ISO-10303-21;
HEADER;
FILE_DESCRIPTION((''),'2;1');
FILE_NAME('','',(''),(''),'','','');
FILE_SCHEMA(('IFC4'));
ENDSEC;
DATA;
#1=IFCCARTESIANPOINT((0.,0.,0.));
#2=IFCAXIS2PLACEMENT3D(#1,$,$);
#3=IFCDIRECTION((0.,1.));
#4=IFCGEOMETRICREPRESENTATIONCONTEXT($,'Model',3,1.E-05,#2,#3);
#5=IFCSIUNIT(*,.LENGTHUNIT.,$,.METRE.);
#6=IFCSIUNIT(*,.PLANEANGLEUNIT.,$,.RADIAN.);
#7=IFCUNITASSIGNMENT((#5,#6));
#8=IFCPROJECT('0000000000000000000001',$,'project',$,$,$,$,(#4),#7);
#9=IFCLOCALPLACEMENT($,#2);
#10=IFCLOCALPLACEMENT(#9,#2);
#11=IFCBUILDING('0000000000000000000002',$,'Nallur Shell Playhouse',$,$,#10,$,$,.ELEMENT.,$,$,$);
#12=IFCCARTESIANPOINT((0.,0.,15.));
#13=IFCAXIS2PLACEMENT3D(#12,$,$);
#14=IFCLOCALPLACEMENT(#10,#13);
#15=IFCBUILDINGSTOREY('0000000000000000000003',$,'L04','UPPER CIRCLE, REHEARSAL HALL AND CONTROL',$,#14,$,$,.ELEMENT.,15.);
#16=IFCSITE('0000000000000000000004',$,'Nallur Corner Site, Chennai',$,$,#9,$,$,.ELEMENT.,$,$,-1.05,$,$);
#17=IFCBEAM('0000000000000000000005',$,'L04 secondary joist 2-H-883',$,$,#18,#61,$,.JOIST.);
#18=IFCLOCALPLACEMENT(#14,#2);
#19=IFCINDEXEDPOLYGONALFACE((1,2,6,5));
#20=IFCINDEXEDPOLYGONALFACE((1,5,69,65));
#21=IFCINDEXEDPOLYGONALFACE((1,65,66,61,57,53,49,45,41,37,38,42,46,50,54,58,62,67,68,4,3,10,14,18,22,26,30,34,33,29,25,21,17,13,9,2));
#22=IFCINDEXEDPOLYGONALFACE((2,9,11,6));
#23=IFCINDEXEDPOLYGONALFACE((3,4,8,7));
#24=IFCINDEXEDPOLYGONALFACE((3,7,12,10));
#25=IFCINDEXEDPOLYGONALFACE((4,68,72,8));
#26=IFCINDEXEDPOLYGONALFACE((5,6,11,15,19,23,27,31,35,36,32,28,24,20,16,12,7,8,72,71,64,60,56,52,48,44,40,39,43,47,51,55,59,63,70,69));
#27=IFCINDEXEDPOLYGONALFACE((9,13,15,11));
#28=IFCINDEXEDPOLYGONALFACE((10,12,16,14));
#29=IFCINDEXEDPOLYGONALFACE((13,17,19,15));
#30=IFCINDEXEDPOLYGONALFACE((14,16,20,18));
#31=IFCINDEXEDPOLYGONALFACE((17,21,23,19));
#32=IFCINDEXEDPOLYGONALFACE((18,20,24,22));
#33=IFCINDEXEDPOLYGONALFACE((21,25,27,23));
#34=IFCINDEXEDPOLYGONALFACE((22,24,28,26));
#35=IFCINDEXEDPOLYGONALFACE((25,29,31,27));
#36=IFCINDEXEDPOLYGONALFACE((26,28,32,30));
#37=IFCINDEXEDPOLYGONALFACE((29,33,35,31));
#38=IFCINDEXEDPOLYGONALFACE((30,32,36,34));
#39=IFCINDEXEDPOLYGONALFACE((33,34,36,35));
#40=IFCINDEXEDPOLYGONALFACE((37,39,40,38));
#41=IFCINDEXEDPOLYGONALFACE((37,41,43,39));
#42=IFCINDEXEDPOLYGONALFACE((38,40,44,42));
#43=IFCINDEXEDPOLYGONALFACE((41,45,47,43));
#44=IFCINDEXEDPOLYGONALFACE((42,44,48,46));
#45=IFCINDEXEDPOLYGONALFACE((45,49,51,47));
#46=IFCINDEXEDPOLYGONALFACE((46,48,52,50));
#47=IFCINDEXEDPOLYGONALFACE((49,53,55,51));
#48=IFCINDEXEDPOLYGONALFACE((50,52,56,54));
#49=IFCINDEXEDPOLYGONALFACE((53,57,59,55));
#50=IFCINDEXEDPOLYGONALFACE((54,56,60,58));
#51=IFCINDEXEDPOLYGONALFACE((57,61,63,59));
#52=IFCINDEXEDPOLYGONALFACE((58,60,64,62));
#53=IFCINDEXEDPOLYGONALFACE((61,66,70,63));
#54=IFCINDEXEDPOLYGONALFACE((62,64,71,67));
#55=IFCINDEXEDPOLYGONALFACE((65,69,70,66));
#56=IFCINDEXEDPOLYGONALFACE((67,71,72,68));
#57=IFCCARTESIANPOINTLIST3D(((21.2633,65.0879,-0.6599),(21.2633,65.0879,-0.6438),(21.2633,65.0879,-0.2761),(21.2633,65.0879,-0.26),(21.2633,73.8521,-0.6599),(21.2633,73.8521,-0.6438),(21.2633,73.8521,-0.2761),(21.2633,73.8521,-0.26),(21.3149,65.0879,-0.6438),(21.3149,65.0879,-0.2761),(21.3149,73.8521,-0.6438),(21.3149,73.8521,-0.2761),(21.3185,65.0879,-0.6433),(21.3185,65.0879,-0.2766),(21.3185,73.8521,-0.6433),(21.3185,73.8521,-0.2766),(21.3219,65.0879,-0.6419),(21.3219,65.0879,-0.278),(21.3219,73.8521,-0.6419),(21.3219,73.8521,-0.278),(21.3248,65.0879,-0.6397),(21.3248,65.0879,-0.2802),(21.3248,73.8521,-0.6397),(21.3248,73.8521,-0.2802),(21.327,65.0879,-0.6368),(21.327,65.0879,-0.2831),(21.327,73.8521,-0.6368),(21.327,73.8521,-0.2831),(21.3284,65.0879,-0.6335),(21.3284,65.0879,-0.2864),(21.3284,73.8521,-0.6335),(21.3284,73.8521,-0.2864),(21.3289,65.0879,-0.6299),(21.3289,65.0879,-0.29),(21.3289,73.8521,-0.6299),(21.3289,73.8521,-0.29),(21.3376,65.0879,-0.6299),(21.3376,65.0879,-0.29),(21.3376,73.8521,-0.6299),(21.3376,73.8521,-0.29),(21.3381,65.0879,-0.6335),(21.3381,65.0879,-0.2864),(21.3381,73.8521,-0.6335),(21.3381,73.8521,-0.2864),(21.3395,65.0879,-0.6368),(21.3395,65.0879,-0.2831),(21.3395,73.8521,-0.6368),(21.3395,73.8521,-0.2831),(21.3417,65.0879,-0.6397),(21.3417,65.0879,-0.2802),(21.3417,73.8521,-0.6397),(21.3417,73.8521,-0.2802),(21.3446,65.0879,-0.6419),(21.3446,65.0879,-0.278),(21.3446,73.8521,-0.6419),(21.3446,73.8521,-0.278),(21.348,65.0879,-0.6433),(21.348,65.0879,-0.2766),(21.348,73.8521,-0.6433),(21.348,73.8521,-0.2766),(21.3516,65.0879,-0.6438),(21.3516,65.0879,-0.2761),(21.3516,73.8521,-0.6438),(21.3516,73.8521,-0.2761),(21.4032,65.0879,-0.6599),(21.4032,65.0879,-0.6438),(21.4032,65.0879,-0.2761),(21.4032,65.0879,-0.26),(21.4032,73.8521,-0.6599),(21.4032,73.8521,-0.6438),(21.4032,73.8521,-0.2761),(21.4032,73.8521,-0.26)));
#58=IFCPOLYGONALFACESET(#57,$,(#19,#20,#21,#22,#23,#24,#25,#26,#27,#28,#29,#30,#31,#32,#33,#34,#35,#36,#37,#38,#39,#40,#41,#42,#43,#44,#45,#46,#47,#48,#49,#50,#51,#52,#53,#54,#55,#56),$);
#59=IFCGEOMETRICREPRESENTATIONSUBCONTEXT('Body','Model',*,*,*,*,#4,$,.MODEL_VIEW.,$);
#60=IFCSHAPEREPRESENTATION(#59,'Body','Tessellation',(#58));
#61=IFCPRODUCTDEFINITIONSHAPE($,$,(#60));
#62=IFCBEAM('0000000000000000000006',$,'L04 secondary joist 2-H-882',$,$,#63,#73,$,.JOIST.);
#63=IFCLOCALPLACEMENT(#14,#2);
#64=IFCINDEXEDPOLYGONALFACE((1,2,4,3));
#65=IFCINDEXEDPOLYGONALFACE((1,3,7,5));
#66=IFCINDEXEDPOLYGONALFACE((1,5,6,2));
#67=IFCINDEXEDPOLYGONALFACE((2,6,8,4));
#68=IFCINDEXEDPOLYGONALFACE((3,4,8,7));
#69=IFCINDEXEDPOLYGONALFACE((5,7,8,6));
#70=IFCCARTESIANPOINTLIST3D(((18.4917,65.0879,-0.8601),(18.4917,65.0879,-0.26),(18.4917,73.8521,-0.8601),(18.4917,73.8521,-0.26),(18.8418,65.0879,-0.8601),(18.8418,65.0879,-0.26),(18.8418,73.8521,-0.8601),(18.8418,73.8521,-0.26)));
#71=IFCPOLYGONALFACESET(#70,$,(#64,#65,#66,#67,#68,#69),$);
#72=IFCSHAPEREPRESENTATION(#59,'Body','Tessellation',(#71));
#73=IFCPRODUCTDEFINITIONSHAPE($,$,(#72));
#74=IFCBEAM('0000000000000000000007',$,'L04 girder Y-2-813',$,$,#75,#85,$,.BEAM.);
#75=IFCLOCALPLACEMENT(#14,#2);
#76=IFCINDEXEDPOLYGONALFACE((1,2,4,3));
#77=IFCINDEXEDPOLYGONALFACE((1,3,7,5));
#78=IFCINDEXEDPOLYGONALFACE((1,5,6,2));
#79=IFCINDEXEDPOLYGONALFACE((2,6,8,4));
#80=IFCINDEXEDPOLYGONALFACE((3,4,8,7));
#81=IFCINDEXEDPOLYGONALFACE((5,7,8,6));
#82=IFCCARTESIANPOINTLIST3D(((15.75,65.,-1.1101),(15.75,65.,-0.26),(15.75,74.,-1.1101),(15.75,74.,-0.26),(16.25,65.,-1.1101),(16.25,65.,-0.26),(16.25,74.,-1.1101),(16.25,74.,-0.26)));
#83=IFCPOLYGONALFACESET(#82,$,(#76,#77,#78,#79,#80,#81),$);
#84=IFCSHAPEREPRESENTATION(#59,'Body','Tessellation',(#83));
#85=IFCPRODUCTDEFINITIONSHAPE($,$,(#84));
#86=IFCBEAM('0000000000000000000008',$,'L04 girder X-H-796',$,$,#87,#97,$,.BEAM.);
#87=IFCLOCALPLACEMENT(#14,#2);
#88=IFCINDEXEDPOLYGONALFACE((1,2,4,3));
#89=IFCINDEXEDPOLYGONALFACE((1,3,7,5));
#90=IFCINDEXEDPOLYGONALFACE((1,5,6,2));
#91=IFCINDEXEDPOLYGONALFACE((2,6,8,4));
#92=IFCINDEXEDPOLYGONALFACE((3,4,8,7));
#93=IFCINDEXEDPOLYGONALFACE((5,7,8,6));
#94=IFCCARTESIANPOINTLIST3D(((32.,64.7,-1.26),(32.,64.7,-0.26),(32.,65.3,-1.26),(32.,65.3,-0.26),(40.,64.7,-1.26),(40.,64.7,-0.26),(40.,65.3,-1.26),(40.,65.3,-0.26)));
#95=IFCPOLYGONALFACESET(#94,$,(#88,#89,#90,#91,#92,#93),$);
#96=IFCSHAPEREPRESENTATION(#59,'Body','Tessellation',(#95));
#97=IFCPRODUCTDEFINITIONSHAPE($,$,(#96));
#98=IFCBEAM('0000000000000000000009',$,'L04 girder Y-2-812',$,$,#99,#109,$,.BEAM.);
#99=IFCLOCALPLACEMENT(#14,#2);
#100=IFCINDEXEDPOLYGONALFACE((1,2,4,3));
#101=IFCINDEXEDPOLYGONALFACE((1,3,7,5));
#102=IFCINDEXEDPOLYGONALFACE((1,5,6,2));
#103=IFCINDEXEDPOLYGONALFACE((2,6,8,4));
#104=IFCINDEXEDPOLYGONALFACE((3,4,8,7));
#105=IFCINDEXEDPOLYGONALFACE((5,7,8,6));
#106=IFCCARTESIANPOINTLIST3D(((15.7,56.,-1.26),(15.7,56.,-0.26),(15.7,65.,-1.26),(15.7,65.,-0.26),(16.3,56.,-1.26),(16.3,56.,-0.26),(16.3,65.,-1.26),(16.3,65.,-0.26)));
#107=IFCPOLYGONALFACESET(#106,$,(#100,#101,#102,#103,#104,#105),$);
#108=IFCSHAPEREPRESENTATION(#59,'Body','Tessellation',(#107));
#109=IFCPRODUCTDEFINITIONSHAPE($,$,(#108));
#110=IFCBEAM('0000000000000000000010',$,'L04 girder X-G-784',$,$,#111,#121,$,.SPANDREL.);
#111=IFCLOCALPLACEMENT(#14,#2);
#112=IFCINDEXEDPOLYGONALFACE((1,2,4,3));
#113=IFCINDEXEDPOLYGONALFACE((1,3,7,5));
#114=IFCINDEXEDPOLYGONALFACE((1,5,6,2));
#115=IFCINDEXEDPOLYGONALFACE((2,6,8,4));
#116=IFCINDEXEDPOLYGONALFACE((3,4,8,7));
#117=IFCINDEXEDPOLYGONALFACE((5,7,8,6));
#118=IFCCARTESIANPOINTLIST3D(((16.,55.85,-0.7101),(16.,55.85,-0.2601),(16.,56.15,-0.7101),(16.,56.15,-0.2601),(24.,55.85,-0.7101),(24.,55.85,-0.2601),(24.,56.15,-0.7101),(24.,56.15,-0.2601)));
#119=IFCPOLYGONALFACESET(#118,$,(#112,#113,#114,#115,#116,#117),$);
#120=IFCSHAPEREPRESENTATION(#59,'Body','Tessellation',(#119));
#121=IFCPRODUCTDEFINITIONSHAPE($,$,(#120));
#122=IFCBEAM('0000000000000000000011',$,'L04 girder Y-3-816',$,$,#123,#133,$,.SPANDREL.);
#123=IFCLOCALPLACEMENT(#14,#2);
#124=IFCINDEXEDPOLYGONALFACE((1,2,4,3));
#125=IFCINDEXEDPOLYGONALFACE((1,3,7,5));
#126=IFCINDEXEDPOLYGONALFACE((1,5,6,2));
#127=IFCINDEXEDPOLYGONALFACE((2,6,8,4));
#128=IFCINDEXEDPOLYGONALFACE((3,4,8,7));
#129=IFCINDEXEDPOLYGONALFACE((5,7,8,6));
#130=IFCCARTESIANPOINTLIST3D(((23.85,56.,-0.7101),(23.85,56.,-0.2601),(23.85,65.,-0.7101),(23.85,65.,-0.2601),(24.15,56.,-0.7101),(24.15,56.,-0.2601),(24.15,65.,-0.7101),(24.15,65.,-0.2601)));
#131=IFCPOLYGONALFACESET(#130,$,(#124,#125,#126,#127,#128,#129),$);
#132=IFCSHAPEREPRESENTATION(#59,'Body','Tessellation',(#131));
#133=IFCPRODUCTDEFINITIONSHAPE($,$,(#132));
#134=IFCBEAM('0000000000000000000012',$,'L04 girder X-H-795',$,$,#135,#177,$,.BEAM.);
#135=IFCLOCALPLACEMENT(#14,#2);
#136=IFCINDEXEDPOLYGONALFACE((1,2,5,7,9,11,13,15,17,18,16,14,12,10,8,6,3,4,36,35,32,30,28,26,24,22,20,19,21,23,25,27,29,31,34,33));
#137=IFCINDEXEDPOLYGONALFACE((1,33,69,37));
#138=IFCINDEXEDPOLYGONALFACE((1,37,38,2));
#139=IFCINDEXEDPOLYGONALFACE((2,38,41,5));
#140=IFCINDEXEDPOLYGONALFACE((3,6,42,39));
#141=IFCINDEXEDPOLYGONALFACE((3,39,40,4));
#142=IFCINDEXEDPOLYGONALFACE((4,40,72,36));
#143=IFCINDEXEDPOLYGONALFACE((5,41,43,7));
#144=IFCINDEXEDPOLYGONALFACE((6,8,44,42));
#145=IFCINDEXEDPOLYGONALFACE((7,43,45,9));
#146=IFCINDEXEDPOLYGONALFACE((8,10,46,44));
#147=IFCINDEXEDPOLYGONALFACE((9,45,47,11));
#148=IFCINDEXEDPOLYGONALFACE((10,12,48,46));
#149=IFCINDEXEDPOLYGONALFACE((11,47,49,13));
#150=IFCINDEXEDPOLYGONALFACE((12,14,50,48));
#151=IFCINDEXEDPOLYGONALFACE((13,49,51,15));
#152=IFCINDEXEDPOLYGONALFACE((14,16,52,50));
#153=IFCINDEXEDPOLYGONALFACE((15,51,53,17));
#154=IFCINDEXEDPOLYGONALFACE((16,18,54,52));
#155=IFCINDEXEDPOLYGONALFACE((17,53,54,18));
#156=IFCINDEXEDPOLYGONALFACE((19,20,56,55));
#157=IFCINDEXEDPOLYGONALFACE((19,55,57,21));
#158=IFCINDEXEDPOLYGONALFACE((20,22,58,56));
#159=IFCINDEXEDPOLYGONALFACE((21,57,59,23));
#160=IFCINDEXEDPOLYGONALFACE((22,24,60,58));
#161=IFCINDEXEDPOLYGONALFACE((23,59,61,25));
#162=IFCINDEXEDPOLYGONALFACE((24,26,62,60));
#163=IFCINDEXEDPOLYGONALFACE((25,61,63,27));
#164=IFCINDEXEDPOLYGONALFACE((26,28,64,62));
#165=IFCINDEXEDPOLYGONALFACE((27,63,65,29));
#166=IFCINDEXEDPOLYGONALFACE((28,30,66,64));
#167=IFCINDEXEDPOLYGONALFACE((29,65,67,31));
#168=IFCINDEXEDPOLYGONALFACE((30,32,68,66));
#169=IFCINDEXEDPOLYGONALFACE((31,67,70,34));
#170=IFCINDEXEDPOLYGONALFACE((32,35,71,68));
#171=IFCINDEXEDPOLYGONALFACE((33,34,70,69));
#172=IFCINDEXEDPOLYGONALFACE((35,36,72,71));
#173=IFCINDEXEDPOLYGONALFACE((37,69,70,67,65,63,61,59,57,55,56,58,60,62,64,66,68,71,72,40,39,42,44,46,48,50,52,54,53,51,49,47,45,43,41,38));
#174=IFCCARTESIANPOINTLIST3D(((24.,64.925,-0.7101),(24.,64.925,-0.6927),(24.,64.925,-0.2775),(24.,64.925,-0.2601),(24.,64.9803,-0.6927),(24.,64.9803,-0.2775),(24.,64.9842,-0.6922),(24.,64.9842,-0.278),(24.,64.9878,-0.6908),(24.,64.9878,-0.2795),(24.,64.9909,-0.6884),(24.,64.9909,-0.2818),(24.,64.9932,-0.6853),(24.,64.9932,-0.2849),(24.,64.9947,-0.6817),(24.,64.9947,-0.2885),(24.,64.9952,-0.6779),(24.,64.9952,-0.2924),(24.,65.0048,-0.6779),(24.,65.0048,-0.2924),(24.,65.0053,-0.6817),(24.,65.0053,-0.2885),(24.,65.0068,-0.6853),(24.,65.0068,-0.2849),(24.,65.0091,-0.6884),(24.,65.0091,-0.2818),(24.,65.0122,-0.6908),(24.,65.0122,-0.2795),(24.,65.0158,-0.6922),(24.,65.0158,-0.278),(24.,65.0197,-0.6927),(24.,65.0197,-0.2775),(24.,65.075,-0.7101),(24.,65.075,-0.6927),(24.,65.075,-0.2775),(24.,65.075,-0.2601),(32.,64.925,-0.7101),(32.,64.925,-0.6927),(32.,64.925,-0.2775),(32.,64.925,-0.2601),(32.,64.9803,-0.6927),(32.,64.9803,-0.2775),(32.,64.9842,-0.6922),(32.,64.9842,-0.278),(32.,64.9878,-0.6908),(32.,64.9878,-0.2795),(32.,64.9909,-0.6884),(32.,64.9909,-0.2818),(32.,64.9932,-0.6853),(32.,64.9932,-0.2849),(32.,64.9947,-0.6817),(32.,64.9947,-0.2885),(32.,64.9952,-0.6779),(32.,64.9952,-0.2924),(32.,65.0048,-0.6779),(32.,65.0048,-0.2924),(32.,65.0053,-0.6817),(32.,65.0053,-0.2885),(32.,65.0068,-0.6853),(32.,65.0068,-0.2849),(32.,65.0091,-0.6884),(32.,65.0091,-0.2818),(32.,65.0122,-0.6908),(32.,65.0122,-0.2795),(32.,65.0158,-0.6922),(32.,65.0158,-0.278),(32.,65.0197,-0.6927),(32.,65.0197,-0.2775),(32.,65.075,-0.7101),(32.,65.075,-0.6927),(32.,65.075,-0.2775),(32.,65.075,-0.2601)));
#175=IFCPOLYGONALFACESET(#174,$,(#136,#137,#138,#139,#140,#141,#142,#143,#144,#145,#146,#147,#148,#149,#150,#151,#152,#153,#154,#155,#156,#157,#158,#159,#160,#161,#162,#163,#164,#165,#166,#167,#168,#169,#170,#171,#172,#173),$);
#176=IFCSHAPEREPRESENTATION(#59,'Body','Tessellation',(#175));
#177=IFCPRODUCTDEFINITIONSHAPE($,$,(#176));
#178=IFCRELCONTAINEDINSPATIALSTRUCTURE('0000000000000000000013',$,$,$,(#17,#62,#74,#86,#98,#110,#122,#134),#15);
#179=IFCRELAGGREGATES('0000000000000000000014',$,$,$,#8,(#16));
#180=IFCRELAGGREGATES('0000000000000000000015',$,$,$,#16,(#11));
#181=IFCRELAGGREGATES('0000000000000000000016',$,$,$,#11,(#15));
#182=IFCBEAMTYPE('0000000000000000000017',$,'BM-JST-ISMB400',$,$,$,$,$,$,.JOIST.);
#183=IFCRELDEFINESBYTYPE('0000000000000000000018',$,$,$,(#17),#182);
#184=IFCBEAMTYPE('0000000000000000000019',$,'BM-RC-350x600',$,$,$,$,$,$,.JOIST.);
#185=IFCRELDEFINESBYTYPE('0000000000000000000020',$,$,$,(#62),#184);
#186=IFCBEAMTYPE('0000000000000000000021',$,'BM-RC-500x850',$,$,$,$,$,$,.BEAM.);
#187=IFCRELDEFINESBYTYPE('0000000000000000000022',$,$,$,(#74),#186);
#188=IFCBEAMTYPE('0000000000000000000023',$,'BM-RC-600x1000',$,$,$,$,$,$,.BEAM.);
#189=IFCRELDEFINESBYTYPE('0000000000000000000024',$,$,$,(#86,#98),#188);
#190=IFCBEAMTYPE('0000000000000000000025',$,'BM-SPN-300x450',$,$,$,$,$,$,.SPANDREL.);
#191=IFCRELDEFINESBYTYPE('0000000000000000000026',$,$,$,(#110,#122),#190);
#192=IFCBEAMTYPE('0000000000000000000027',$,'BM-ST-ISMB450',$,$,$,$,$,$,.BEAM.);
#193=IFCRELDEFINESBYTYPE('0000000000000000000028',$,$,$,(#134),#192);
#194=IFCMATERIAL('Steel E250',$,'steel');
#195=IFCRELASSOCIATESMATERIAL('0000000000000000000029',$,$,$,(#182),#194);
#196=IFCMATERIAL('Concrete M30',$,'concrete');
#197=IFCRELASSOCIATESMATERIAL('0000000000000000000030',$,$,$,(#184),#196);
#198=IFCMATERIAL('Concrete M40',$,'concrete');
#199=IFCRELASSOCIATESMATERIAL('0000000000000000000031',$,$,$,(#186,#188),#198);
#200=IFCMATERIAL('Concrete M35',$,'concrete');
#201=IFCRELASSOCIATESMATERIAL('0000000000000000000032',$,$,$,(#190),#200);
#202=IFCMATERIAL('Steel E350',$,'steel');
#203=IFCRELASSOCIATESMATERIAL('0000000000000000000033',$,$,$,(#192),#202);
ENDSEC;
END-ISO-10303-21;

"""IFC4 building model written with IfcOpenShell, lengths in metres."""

from ifc_helpers import new_model, si_unit, direction, frame, origin, origin_2d, place, context, subcontext, project, spatial, rectangle, i_section, extrude, material, material_profile, profile_set, type_object, element, save


model = new_model("IFC4")

# Units and contexts
model_context = context("Model", 3, precision=1e-05, world=origin(), true_north=direction((0.0, 1.0)))
body_context = subcontext(model_context, "Body", "Model", "MODEL_VIEW")
ifc_project = project(units=[si_unit("LENGTHUNIT", "METRE"), si_unit("PLANEANGLEUNIT", "RADIAN")], contexts=[model_context])

# Site, building, storey
site_placement = place(None, origin())
site = spatial("IfcSite", under=ifc_project, at=site_placement, Name="Nallur Corner Site, Chennai", CompositionType="ELEMENT", RefElevation=-1.05)
building_placement = place(site_placement, origin())
building = spatial("IfcBuilding", under=site, at=building_placement, Name="Nallur Shell Playhouse", CompositionType="ELEMENT")
storey_placement = place(building_placement, frame((0.0, 0.0, 15.0)))
storey = spatial("IfcBuildingStorey", under=building, at=storey_placement, Name="L04", Description="UPPER CIRCLE, REHEARSAL HALL AND CONTROL", CompositionType="ELEMENT", Elevation=15.0)

# Shared definitions
ifc_material_1 = material(Name="Concrete M40", Category="concrete")

# Beams
ifc_material_2 = material(Name="Steel E250", Category="steel")
ifc_material_profile_1 = material_profile(ifc_material_2, i_section(OverallWidth=0.1399, OverallDepth=0.3999, WebThickness=0.0088, FlangeThickness=0.0161, FilletRadius=0.0139, at=origin_2d()), Name="ISMB 400")
ifc_profile_set_1 = profile_set([ifc_material_profile_1], Name="Steel E250")
beam_type_1 = type_object("IfcBeamType", Name="BM-JST-ISMB400", PredefinedType="JOIST", material=ifc_profile_set_1)
beam_1_placement = place(storey_placement, frame((21.3333, 65.0879, -0.46), z_axis=(0.0, 1.0, 0.0), x_axis=(-1.0, 0.0, 0.0)))
element("IfcBeam", 1, at=beam_1_placement, inside=storey, type_object=beam_type_1, Name="L04 secondary joist 2-H-883", PredefinedType="JOIST", context=body_context, shape_type="SweptSolid", body=[
    extrude(i_section(OverallWidth=0.1399, OverallDepth=0.3999, WebThickness=0.0088, FlangeThickness=0.0161, FilletRadius=0.0139, at=origin_2d()), origin(), (0.0, 0.0, 1.0), 8.7642),
])
ifc_material_3 = material(Name="Concrete M30", Category="concrete")
ifc_material_profile_2 = material_profile(ifc_material_3, rectangle(XDim=0.3501, YDim=0.6001, at=origin_2d()), Name="RC 350x600")
ifc_profile_set_2 = profile_set([ifc_material_profile_2], Name="Concrete M30")
beam_type_2 = type_object("IfcBeamType", Name="BM-RC-350x600", PredefinedType="JOIST", material=ifc_profile_set_2)
beam_2_placement = place(storey_placement, frame((18.6667, 65.0879, -0.5601), z_axis=(0.0, 1.0, 0.0), x_axis=(-1.0, 0.0, 0.0)))
element("IfcBeam", 2, at=beam_2_placement, inside=storey, type_object=beam_type_2, Name="L04 secondary joist 2-H-882", PredefinedType="JOIST", context=body_context, shape_type="SweptSolid", body=[
    extrude(rectangle(XDim=0.3501, YDim=0.6001, at=origin_2d()), origin(), (0.0, 0.0, 1.0), 8.7642),
])
ifc_material_profile_3 = material_profile(ifc_material_1, rectangle(XDim=0.5, YDim=0.8501, at=origin_2d()), Name="RC 500x850")
ifc_profile_set_3 = profile_set([ifc_material_profile_3], Name="Concrete M40")
beam_type_3 = type_object("IfcBeamType", Name="BM-RC-500x850", PredefinedType="BEAM", material=ifc_profile_set_3)
beam_3_placement = place(storey_placement, frame((16.0, 65.0, -0.6851), z_axis=(0.0, 1.0, 0.0), x_axis=(-1.0, 0.0, 0.0)))
element("IfcBeam", 3, at=beam_3_placement, inside=storey, type_object=beam_type_3, Name="L04 girder Y-2-813", PredefinedType="BEAM", context=body_context, shape_type="SweptSolid", body=[
    extrude(rectangle(XDim=0.5, YDim=0.8501, at=origin_2d()), origin(), (0.0, 0.0, 1.0), 9.0),
])
ifc_material_profile_4 = material_profile(ifc_material_1, rectangle(XDim=0.6001, YDim=1.0, at=origin_2d()), Name="RC 600x1000")
ifc_profile_set_4 = profile_set([ifc_material_profile_4], Name="Concrete M40")
beam_type_4 = type_object("IfcBeamType", Name="BM-RC-600x1000", PredefinedType="BEAM", material=ifc_profile_set_4)
beam_4_placement = place(storey_placement, frame((32.0, 65.0, -0.76), z_axis=(1.0, 0.0, 0.0), x_axis=(0.0, 1.0, 0.0)))
element("IfcBeam", 4, at=beam_4_placement, inside=storey, type_object=beam_type_4, Name="L04 girder X-H-796", PredefinedType="BEAM", context=body_context, shape_type="SweptSolid", body=[
    extrude(rectangle(XDim=0.6001, YDim=1.0, at=origin_2d()), origin(), (0.0, 0.0, 1.0), 8.0),
])
beam_5_placement = place(storey_placement, frame((16.0, 56.0, -0.76), z_axis=(0.0, 1.0, 0.0), x_axis=(-1.0, 0.0, 0.0)))
element("IfcBeam", 5, at=beam_5_placement, inside=storey, type_object=beam_type_4, Name="L04 girder Y-2-812", PredefinedType="BEAM", context=body_context, shape_type="SweptSolid", body=[
    extrude(rectangle(XDim=0.6001, YDim=1.0, at=origin_2d()), origin(), (0.0, 0.0, 1.0), 9.0),
])
ifc_material_4 = material(Name="Concrete M35", Category="concrete")
ifc_material_profile_5 = material_profile(ifc_material_4, rectangle(XDim=0.3, YDim=0.45, at=origin_2d()), Name="RC 300x450")
ifc_profile_set_5 = profile_set([ifc_material_profile_5], Name="Concrete M35")
beam_type_5 = type_object("IfcBeamType", Name="BM-SPN-300x450", PredefinedType="SPANDREL", material=ifc_profile_set_5)
beam_6_placement = place(storey_placement, frame((16.0, 56.0, -0.4851), z_axis=(1.0, 0.0, 0.0), x_axis=(0.0, 1.0, 0.0)))
element("IfcBeam", 6, at=beam_6_placement, inside=storey, type_object=beam_type_5, Name="L04 girder X-G-784", PredefinedType="SPANDREL", context=body_context, shape_type="SweptSolid", body=[
    extrude(rectangle(XDim=0.3, YDim=0.45, at=origin_2d()), origin(), (0.0, 0.0, 1.0), 8.0),
])
beam_7_placement = place(storey_placement, frame((24.0, 56.0, -0.4851), z_axis=(0.0, 1.0, 0.0), x_axis=(-1.0, 0.0, 0.0)))
element("IfcBeam", 7, at=beam_7_placement, inside=storey, type_object=beam_type_5, Name="L04 girder Y-3-816", PredefinedType="SPANDREL", context=body_context, shape_type="SweptSolid", body=[
    extrude(rectangle(XDim=0.3, YDim=0.45, at=origin_2d()), origin(), (0.0, 0.0, 1.0), 9.0),
])
ifc_material_5 = material(Name="Steel E350", Category="steel")
ifc_material_profile_6 = material_profile(ifc_material_5, i_section(OverallWidth=0.1499, OverallDepth=0.45, WebThickness=0.0095, FlangeThickness=0.0173, FilletRadius=0.0149, at=origin_2d()), Name="ISMB 450")
ifc_profile_set_6 = profile_set([ifc_material_profile_6], Name="Steel E350")
beam_type_6 = type_object("IfcBeamType", Name="BM-ST-ISMB450", PredefinedType="BEAM", material=ifc_profile_set_6)
beam_8_placement = place(storey_placement, frame((24.0, 65.0, -0.4851), z_axis=(1.0, 0.0, 0.0), x_axis=(0.0, 1.0, 0.0)))
element("IfcBeam", 8, at=beam_8_placement, inside=storey, type_object=beam_type_6, Name="L04 girder X-H-795", PredefinedType="BEAM", context=body_context, shape_type="SweptSolid", body=[
    extrude(i_section(OverallWidth=0.1499, OverallDepth=0.45, WebThickness=0.0095, FlangeThickness=0.0173, FilletRadius=0.0149, at=origin_2d()), origin(), (0.0, 0.0, 1.0), 8.0),
])

save(model, "model.ifc")
